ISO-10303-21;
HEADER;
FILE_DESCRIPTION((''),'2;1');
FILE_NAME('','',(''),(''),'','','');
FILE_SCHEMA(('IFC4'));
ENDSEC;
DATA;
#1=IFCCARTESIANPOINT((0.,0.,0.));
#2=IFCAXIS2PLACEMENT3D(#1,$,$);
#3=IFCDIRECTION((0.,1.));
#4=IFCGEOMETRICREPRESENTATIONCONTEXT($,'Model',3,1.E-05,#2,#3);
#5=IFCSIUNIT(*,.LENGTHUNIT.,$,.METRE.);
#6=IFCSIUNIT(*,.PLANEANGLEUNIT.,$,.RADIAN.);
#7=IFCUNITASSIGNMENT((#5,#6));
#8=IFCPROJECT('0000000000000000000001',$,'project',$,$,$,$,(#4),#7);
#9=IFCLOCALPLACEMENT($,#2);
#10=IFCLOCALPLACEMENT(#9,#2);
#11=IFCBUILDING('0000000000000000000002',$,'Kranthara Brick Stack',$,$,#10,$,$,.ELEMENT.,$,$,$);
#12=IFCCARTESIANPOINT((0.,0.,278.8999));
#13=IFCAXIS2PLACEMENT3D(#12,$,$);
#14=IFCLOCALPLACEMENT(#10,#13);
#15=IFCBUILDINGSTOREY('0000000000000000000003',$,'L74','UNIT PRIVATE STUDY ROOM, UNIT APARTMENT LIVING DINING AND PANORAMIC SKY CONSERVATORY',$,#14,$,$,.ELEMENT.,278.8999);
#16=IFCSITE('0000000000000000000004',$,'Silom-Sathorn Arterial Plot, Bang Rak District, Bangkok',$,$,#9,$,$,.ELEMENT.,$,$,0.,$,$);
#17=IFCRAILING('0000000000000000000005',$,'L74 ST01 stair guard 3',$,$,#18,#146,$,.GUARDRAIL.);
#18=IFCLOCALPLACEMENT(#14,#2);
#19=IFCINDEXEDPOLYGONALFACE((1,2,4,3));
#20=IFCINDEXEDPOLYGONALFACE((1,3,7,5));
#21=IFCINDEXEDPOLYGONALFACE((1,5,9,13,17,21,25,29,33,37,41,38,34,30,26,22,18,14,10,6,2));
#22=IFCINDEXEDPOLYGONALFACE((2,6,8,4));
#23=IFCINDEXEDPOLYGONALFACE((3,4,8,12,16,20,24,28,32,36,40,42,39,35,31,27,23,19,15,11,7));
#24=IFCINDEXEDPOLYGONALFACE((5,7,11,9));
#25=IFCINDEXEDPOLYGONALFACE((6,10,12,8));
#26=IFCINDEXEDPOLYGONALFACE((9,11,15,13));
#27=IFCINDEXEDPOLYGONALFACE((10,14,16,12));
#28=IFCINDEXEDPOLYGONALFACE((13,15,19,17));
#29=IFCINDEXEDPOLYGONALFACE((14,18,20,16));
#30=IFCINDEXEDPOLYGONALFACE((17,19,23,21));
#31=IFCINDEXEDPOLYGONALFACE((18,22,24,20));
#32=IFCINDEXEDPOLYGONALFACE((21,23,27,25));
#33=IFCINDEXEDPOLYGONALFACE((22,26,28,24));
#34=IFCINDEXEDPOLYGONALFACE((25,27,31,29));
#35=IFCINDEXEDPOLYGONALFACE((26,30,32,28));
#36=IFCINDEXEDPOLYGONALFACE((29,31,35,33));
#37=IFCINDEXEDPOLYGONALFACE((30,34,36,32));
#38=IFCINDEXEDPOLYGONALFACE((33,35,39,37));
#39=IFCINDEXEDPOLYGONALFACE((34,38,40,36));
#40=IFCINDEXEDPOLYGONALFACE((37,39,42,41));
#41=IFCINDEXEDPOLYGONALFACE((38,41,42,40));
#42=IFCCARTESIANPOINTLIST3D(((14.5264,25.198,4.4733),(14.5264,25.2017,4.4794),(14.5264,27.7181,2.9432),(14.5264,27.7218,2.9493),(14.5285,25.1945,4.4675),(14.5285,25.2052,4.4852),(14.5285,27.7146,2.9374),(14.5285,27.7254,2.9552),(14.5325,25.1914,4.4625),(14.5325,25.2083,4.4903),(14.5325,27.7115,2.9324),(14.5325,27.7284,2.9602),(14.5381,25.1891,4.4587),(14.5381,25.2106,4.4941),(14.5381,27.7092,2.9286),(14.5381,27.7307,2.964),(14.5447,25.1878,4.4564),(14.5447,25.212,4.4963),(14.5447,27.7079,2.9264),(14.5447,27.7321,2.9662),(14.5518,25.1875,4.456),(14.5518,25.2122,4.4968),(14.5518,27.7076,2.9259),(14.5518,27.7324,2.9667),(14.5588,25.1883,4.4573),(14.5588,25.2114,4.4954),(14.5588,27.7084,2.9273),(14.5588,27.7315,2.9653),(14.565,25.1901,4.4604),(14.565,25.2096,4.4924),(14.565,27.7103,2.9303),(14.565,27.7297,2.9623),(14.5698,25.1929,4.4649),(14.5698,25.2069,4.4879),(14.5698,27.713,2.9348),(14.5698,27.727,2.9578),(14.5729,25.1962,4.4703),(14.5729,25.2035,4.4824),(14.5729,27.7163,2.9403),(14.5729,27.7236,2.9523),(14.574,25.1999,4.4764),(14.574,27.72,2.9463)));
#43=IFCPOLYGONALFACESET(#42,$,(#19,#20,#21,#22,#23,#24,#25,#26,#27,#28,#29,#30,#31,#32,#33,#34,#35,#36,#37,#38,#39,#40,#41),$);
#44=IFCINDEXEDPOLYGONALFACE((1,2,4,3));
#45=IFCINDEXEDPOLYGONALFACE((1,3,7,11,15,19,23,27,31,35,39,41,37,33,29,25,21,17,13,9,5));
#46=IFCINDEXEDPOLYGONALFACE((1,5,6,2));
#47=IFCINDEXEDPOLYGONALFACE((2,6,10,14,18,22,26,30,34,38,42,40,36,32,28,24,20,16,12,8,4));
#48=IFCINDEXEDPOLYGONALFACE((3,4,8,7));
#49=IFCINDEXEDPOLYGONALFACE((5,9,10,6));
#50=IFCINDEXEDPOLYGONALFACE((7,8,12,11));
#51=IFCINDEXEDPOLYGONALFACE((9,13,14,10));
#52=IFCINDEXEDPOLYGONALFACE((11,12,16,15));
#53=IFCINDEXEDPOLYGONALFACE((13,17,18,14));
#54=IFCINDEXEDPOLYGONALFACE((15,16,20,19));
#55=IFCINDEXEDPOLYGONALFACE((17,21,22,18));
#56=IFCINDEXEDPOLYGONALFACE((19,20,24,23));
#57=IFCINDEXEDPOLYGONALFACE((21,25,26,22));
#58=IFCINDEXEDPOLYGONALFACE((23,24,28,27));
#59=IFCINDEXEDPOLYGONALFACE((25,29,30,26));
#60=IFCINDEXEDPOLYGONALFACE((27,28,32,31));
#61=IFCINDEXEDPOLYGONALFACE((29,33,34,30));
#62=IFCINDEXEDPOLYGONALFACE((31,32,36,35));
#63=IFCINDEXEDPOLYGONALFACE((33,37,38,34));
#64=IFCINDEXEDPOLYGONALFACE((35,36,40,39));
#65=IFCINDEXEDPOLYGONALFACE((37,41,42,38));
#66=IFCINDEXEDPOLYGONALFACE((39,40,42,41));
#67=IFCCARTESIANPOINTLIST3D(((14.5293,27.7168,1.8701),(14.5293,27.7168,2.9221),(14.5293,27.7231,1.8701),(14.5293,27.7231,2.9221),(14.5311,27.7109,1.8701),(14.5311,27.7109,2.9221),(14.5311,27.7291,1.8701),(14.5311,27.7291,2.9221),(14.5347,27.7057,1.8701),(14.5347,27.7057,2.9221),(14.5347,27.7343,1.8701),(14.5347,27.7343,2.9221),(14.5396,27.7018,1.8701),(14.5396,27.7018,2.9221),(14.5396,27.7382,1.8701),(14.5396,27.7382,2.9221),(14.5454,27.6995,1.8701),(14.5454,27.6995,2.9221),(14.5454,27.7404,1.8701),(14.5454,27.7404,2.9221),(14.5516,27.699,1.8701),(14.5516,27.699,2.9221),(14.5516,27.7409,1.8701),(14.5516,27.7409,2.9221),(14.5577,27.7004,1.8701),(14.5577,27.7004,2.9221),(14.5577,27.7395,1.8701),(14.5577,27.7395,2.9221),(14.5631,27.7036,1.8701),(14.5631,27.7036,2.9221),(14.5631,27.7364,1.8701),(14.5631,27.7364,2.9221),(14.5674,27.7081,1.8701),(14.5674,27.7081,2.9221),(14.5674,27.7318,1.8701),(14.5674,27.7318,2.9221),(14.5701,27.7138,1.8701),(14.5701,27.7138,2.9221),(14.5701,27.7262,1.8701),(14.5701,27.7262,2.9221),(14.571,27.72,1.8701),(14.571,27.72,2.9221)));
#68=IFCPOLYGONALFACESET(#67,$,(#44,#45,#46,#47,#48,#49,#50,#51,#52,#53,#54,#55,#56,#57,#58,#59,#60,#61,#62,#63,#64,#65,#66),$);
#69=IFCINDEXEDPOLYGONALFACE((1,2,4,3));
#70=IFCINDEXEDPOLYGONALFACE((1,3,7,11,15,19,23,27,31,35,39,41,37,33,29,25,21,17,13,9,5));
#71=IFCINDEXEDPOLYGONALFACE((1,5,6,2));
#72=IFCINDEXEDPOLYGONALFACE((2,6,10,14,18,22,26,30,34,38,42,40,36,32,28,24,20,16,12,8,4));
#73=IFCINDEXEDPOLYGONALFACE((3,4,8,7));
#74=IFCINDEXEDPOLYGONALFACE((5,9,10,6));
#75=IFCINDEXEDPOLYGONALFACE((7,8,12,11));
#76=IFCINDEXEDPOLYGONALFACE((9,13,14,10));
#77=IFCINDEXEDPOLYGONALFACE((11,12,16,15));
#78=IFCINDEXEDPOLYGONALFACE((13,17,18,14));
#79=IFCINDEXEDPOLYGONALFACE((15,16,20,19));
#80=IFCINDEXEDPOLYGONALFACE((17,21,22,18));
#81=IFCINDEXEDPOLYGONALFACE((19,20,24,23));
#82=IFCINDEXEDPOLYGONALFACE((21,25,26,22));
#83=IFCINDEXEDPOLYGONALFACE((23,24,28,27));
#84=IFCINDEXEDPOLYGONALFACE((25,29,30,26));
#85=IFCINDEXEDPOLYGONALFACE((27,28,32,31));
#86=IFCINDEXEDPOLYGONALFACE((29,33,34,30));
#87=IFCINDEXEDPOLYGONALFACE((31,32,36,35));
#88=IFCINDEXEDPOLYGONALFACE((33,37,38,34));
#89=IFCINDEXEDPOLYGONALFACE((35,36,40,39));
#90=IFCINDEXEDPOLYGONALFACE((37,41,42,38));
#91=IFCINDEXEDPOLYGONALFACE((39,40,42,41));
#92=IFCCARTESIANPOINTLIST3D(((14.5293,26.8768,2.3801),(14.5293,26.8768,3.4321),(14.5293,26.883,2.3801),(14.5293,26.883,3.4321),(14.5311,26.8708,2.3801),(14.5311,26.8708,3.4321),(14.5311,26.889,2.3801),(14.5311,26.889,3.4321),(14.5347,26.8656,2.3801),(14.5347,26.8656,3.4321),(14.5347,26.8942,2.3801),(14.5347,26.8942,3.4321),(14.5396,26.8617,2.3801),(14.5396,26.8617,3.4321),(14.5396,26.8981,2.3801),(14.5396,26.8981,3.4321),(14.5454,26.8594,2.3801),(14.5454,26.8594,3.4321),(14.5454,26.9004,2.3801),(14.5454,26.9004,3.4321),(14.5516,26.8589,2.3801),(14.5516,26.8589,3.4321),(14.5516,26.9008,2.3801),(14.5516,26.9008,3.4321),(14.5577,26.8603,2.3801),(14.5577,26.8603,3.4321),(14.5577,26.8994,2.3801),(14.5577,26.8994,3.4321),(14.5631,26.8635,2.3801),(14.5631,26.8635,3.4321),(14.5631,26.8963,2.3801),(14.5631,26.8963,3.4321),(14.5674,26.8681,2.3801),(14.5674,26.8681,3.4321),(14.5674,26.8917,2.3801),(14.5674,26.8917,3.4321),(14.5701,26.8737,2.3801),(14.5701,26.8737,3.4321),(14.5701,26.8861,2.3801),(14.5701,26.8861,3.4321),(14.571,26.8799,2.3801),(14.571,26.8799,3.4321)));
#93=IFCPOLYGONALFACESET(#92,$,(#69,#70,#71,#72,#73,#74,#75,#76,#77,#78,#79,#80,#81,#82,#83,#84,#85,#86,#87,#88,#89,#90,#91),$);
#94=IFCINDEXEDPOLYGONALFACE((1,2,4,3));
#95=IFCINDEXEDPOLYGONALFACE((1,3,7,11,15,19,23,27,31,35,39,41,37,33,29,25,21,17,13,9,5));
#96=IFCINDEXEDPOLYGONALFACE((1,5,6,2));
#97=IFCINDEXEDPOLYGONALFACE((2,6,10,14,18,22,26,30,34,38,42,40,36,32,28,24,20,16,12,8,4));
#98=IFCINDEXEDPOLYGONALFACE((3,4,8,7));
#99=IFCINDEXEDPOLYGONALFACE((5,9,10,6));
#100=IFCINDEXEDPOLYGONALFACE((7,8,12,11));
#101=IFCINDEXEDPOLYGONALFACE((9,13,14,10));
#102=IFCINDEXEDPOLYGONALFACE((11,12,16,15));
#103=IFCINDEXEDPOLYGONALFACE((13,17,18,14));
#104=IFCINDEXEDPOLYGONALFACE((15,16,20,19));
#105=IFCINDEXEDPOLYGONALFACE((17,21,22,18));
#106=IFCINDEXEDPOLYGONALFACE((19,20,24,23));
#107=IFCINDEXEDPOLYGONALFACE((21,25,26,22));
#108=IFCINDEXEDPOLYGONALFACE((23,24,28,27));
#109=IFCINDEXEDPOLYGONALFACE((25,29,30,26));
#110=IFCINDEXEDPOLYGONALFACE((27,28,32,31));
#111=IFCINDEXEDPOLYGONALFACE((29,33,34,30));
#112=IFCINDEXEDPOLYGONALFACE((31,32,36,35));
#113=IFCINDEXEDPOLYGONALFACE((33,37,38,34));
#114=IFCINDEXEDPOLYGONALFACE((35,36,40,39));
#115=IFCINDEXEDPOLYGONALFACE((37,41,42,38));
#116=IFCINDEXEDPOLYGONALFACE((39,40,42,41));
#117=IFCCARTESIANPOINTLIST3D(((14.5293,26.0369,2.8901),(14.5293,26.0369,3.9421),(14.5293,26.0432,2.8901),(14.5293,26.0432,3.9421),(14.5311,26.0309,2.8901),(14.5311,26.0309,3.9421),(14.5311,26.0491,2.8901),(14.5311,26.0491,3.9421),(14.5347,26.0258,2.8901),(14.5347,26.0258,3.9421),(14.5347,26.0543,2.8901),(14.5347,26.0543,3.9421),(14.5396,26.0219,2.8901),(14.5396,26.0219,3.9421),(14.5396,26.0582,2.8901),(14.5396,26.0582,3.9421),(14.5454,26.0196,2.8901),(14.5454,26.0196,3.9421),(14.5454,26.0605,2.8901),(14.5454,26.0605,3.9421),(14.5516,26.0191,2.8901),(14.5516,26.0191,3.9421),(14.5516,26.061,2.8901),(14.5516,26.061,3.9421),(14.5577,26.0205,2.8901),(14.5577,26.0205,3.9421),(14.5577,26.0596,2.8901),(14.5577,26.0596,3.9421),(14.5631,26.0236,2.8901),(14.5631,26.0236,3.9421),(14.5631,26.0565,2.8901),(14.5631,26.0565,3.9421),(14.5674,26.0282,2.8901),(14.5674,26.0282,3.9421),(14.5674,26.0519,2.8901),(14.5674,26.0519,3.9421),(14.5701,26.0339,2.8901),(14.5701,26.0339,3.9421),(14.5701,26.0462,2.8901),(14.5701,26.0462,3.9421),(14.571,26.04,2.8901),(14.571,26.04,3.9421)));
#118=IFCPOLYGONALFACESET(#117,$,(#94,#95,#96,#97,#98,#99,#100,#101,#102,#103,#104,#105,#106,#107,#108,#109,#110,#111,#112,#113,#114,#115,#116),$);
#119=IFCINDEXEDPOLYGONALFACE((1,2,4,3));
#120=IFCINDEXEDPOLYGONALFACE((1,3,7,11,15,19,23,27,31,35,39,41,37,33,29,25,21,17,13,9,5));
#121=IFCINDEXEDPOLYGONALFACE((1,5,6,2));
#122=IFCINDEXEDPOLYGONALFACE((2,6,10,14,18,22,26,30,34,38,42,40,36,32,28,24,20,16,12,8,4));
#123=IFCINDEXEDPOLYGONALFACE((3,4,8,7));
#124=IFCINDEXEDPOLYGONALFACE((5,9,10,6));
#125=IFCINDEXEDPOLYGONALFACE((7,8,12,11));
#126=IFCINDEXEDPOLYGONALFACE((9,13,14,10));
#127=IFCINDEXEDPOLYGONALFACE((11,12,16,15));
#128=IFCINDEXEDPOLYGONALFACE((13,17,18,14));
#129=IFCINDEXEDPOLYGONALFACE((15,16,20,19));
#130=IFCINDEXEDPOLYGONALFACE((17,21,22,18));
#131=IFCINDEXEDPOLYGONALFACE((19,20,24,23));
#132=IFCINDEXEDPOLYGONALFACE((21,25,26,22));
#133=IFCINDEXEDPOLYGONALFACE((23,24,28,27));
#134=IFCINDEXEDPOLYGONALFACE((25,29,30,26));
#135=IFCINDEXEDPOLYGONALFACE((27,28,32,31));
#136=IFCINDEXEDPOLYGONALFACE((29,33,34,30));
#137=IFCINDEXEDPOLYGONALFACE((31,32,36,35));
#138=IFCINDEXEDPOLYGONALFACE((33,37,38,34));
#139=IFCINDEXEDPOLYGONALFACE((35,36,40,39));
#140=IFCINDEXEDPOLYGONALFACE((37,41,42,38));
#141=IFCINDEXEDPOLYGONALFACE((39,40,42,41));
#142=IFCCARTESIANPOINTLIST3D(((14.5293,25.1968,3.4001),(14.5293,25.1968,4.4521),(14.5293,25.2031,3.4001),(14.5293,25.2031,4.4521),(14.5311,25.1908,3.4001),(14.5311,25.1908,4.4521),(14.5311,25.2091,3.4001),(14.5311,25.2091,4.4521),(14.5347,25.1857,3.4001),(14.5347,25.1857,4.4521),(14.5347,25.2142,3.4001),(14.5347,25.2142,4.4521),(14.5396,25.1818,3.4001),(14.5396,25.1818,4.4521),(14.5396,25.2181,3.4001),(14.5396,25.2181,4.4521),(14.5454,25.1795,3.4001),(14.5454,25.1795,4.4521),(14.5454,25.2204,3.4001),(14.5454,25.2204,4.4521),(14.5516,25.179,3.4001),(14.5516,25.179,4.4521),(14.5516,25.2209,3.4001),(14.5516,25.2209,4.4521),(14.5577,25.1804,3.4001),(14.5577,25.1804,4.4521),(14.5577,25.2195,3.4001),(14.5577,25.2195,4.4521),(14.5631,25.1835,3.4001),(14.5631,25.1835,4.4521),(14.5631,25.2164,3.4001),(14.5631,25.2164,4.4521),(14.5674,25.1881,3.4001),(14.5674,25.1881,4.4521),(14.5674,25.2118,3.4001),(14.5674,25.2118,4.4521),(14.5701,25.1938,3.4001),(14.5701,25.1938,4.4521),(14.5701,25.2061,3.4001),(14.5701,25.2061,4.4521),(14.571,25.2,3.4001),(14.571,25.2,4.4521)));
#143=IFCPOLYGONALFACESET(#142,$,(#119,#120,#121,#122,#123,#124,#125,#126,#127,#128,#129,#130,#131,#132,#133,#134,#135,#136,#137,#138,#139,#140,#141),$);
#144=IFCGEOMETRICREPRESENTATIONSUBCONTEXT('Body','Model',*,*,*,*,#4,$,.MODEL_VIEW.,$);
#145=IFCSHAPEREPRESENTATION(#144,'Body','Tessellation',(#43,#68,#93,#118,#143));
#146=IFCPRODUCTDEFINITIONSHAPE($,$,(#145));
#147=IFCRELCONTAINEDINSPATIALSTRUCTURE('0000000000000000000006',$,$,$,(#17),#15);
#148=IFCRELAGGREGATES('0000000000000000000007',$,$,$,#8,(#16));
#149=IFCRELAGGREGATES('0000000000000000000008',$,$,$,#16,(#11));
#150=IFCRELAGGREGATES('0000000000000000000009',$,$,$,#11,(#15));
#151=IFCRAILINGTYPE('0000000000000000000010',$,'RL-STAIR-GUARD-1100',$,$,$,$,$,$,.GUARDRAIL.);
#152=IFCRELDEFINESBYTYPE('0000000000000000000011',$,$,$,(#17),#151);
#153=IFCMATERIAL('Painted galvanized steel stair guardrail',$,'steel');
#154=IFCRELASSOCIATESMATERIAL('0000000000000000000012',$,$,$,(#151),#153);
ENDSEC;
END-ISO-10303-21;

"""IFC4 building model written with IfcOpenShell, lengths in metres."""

from ifc_helpers import new_model, si_unit, direction, frame, origin, origin_2d, place, context, subcontext, project, spatial, circle, extrude, material, type_object, element, save


model = new_model("IFC4")

# Units and contexts
model_context = context("Model", 3, precision=1e-05, world=origin(), true_north=direction((0.0, 1.0)))
body_context = subcontext(model_context, "Body", "Model", "MODEL_VIEW")
ifc_project = project(units=[si_unit("LENGTHUNIT", "METRE"), si_unit("PLANEANGLEUNIT", "RADIAN")], contexts=[model_context])

# Site, building, storey
site_placement = place(None, origin())
site = spatial("IfcSite", under=ifc_project, at=site_placement, Name="Silom-Sathorn Arterial Plot, Bang Rak District, Bangkok", CompositionType="ELEMENT", RefElevation=0.0)
building_placement = place(site_placement, origin())
building = spatial("IfcBuilding", under=site, at=building_placement, Name="Kranthara Brick Stack", CompositionType="ELEMENT")
storey_placement = place(building_placement, frame((0.0, 0.0, 278.8999)))
storey = spatial("IfcBuildingStorey", under=building, at=storey_placement, Name="L74", Description="UNIT PRIVATE STUDY ROOM, UNIT APARTMENT LIVING DINING AND PANORAMIC SKY CONSERVATORY", CompositionType="ELEMENT", Elevation=278.8999)

# Railing
ifc_material_1 = material(Name="Painted galvanized steel stair guardrail", Category="steel")
railing_type_1 = type_object("IfcRailingType", Name="RL-STAIR-GUARD-1100", PredefinedType="GUARDRAIL", material=ifc_material_1)
railing_1_placement = place(storey_placement, frame((14.55, 27.72, 1.8701)))
element("IfcRailing", 1, at=railing_1_placement, inside=storey, type_object=railing_type_1, Name="L74 ST01 stair guard 3", PredefinedType="GUARDRAIL", context=body_context, shape_type="SweptSolid", body=[
    extrude(circle(Radius=0.0239, at=origin_2d()), frame((0.0, 0.0, 1.0762), z_axis=(0.0, -0.854785, 0.518982), x_axis=(1.0, 0.0, 0.0)), (0.0, 0.0, 1.0), 2.9482),
    extrude(circle(Radius=0.021, at=origin_2d()), origin(), (0.0, 0.0, 1.0), 1.052),
    extrude(circle(Radius=0.021, at=origin_2d()), frame((0.0, -0.8401, 0.51)), (0.0, 0.0, 1.0), 1.052),
    extrude(circle(Radius=0.021, at=origin_2d()), frame((0.0, -1.6799, 1.02)), (0.0, 0.0, 1.0), 1.052),
    extrude(circle(Radius=0.021, at=origin_2d()), frame((0.0, -2.52, 1.53)), (0.0, 0.0, 1.0), 1.052),
])

save(model, "model.ifc")
